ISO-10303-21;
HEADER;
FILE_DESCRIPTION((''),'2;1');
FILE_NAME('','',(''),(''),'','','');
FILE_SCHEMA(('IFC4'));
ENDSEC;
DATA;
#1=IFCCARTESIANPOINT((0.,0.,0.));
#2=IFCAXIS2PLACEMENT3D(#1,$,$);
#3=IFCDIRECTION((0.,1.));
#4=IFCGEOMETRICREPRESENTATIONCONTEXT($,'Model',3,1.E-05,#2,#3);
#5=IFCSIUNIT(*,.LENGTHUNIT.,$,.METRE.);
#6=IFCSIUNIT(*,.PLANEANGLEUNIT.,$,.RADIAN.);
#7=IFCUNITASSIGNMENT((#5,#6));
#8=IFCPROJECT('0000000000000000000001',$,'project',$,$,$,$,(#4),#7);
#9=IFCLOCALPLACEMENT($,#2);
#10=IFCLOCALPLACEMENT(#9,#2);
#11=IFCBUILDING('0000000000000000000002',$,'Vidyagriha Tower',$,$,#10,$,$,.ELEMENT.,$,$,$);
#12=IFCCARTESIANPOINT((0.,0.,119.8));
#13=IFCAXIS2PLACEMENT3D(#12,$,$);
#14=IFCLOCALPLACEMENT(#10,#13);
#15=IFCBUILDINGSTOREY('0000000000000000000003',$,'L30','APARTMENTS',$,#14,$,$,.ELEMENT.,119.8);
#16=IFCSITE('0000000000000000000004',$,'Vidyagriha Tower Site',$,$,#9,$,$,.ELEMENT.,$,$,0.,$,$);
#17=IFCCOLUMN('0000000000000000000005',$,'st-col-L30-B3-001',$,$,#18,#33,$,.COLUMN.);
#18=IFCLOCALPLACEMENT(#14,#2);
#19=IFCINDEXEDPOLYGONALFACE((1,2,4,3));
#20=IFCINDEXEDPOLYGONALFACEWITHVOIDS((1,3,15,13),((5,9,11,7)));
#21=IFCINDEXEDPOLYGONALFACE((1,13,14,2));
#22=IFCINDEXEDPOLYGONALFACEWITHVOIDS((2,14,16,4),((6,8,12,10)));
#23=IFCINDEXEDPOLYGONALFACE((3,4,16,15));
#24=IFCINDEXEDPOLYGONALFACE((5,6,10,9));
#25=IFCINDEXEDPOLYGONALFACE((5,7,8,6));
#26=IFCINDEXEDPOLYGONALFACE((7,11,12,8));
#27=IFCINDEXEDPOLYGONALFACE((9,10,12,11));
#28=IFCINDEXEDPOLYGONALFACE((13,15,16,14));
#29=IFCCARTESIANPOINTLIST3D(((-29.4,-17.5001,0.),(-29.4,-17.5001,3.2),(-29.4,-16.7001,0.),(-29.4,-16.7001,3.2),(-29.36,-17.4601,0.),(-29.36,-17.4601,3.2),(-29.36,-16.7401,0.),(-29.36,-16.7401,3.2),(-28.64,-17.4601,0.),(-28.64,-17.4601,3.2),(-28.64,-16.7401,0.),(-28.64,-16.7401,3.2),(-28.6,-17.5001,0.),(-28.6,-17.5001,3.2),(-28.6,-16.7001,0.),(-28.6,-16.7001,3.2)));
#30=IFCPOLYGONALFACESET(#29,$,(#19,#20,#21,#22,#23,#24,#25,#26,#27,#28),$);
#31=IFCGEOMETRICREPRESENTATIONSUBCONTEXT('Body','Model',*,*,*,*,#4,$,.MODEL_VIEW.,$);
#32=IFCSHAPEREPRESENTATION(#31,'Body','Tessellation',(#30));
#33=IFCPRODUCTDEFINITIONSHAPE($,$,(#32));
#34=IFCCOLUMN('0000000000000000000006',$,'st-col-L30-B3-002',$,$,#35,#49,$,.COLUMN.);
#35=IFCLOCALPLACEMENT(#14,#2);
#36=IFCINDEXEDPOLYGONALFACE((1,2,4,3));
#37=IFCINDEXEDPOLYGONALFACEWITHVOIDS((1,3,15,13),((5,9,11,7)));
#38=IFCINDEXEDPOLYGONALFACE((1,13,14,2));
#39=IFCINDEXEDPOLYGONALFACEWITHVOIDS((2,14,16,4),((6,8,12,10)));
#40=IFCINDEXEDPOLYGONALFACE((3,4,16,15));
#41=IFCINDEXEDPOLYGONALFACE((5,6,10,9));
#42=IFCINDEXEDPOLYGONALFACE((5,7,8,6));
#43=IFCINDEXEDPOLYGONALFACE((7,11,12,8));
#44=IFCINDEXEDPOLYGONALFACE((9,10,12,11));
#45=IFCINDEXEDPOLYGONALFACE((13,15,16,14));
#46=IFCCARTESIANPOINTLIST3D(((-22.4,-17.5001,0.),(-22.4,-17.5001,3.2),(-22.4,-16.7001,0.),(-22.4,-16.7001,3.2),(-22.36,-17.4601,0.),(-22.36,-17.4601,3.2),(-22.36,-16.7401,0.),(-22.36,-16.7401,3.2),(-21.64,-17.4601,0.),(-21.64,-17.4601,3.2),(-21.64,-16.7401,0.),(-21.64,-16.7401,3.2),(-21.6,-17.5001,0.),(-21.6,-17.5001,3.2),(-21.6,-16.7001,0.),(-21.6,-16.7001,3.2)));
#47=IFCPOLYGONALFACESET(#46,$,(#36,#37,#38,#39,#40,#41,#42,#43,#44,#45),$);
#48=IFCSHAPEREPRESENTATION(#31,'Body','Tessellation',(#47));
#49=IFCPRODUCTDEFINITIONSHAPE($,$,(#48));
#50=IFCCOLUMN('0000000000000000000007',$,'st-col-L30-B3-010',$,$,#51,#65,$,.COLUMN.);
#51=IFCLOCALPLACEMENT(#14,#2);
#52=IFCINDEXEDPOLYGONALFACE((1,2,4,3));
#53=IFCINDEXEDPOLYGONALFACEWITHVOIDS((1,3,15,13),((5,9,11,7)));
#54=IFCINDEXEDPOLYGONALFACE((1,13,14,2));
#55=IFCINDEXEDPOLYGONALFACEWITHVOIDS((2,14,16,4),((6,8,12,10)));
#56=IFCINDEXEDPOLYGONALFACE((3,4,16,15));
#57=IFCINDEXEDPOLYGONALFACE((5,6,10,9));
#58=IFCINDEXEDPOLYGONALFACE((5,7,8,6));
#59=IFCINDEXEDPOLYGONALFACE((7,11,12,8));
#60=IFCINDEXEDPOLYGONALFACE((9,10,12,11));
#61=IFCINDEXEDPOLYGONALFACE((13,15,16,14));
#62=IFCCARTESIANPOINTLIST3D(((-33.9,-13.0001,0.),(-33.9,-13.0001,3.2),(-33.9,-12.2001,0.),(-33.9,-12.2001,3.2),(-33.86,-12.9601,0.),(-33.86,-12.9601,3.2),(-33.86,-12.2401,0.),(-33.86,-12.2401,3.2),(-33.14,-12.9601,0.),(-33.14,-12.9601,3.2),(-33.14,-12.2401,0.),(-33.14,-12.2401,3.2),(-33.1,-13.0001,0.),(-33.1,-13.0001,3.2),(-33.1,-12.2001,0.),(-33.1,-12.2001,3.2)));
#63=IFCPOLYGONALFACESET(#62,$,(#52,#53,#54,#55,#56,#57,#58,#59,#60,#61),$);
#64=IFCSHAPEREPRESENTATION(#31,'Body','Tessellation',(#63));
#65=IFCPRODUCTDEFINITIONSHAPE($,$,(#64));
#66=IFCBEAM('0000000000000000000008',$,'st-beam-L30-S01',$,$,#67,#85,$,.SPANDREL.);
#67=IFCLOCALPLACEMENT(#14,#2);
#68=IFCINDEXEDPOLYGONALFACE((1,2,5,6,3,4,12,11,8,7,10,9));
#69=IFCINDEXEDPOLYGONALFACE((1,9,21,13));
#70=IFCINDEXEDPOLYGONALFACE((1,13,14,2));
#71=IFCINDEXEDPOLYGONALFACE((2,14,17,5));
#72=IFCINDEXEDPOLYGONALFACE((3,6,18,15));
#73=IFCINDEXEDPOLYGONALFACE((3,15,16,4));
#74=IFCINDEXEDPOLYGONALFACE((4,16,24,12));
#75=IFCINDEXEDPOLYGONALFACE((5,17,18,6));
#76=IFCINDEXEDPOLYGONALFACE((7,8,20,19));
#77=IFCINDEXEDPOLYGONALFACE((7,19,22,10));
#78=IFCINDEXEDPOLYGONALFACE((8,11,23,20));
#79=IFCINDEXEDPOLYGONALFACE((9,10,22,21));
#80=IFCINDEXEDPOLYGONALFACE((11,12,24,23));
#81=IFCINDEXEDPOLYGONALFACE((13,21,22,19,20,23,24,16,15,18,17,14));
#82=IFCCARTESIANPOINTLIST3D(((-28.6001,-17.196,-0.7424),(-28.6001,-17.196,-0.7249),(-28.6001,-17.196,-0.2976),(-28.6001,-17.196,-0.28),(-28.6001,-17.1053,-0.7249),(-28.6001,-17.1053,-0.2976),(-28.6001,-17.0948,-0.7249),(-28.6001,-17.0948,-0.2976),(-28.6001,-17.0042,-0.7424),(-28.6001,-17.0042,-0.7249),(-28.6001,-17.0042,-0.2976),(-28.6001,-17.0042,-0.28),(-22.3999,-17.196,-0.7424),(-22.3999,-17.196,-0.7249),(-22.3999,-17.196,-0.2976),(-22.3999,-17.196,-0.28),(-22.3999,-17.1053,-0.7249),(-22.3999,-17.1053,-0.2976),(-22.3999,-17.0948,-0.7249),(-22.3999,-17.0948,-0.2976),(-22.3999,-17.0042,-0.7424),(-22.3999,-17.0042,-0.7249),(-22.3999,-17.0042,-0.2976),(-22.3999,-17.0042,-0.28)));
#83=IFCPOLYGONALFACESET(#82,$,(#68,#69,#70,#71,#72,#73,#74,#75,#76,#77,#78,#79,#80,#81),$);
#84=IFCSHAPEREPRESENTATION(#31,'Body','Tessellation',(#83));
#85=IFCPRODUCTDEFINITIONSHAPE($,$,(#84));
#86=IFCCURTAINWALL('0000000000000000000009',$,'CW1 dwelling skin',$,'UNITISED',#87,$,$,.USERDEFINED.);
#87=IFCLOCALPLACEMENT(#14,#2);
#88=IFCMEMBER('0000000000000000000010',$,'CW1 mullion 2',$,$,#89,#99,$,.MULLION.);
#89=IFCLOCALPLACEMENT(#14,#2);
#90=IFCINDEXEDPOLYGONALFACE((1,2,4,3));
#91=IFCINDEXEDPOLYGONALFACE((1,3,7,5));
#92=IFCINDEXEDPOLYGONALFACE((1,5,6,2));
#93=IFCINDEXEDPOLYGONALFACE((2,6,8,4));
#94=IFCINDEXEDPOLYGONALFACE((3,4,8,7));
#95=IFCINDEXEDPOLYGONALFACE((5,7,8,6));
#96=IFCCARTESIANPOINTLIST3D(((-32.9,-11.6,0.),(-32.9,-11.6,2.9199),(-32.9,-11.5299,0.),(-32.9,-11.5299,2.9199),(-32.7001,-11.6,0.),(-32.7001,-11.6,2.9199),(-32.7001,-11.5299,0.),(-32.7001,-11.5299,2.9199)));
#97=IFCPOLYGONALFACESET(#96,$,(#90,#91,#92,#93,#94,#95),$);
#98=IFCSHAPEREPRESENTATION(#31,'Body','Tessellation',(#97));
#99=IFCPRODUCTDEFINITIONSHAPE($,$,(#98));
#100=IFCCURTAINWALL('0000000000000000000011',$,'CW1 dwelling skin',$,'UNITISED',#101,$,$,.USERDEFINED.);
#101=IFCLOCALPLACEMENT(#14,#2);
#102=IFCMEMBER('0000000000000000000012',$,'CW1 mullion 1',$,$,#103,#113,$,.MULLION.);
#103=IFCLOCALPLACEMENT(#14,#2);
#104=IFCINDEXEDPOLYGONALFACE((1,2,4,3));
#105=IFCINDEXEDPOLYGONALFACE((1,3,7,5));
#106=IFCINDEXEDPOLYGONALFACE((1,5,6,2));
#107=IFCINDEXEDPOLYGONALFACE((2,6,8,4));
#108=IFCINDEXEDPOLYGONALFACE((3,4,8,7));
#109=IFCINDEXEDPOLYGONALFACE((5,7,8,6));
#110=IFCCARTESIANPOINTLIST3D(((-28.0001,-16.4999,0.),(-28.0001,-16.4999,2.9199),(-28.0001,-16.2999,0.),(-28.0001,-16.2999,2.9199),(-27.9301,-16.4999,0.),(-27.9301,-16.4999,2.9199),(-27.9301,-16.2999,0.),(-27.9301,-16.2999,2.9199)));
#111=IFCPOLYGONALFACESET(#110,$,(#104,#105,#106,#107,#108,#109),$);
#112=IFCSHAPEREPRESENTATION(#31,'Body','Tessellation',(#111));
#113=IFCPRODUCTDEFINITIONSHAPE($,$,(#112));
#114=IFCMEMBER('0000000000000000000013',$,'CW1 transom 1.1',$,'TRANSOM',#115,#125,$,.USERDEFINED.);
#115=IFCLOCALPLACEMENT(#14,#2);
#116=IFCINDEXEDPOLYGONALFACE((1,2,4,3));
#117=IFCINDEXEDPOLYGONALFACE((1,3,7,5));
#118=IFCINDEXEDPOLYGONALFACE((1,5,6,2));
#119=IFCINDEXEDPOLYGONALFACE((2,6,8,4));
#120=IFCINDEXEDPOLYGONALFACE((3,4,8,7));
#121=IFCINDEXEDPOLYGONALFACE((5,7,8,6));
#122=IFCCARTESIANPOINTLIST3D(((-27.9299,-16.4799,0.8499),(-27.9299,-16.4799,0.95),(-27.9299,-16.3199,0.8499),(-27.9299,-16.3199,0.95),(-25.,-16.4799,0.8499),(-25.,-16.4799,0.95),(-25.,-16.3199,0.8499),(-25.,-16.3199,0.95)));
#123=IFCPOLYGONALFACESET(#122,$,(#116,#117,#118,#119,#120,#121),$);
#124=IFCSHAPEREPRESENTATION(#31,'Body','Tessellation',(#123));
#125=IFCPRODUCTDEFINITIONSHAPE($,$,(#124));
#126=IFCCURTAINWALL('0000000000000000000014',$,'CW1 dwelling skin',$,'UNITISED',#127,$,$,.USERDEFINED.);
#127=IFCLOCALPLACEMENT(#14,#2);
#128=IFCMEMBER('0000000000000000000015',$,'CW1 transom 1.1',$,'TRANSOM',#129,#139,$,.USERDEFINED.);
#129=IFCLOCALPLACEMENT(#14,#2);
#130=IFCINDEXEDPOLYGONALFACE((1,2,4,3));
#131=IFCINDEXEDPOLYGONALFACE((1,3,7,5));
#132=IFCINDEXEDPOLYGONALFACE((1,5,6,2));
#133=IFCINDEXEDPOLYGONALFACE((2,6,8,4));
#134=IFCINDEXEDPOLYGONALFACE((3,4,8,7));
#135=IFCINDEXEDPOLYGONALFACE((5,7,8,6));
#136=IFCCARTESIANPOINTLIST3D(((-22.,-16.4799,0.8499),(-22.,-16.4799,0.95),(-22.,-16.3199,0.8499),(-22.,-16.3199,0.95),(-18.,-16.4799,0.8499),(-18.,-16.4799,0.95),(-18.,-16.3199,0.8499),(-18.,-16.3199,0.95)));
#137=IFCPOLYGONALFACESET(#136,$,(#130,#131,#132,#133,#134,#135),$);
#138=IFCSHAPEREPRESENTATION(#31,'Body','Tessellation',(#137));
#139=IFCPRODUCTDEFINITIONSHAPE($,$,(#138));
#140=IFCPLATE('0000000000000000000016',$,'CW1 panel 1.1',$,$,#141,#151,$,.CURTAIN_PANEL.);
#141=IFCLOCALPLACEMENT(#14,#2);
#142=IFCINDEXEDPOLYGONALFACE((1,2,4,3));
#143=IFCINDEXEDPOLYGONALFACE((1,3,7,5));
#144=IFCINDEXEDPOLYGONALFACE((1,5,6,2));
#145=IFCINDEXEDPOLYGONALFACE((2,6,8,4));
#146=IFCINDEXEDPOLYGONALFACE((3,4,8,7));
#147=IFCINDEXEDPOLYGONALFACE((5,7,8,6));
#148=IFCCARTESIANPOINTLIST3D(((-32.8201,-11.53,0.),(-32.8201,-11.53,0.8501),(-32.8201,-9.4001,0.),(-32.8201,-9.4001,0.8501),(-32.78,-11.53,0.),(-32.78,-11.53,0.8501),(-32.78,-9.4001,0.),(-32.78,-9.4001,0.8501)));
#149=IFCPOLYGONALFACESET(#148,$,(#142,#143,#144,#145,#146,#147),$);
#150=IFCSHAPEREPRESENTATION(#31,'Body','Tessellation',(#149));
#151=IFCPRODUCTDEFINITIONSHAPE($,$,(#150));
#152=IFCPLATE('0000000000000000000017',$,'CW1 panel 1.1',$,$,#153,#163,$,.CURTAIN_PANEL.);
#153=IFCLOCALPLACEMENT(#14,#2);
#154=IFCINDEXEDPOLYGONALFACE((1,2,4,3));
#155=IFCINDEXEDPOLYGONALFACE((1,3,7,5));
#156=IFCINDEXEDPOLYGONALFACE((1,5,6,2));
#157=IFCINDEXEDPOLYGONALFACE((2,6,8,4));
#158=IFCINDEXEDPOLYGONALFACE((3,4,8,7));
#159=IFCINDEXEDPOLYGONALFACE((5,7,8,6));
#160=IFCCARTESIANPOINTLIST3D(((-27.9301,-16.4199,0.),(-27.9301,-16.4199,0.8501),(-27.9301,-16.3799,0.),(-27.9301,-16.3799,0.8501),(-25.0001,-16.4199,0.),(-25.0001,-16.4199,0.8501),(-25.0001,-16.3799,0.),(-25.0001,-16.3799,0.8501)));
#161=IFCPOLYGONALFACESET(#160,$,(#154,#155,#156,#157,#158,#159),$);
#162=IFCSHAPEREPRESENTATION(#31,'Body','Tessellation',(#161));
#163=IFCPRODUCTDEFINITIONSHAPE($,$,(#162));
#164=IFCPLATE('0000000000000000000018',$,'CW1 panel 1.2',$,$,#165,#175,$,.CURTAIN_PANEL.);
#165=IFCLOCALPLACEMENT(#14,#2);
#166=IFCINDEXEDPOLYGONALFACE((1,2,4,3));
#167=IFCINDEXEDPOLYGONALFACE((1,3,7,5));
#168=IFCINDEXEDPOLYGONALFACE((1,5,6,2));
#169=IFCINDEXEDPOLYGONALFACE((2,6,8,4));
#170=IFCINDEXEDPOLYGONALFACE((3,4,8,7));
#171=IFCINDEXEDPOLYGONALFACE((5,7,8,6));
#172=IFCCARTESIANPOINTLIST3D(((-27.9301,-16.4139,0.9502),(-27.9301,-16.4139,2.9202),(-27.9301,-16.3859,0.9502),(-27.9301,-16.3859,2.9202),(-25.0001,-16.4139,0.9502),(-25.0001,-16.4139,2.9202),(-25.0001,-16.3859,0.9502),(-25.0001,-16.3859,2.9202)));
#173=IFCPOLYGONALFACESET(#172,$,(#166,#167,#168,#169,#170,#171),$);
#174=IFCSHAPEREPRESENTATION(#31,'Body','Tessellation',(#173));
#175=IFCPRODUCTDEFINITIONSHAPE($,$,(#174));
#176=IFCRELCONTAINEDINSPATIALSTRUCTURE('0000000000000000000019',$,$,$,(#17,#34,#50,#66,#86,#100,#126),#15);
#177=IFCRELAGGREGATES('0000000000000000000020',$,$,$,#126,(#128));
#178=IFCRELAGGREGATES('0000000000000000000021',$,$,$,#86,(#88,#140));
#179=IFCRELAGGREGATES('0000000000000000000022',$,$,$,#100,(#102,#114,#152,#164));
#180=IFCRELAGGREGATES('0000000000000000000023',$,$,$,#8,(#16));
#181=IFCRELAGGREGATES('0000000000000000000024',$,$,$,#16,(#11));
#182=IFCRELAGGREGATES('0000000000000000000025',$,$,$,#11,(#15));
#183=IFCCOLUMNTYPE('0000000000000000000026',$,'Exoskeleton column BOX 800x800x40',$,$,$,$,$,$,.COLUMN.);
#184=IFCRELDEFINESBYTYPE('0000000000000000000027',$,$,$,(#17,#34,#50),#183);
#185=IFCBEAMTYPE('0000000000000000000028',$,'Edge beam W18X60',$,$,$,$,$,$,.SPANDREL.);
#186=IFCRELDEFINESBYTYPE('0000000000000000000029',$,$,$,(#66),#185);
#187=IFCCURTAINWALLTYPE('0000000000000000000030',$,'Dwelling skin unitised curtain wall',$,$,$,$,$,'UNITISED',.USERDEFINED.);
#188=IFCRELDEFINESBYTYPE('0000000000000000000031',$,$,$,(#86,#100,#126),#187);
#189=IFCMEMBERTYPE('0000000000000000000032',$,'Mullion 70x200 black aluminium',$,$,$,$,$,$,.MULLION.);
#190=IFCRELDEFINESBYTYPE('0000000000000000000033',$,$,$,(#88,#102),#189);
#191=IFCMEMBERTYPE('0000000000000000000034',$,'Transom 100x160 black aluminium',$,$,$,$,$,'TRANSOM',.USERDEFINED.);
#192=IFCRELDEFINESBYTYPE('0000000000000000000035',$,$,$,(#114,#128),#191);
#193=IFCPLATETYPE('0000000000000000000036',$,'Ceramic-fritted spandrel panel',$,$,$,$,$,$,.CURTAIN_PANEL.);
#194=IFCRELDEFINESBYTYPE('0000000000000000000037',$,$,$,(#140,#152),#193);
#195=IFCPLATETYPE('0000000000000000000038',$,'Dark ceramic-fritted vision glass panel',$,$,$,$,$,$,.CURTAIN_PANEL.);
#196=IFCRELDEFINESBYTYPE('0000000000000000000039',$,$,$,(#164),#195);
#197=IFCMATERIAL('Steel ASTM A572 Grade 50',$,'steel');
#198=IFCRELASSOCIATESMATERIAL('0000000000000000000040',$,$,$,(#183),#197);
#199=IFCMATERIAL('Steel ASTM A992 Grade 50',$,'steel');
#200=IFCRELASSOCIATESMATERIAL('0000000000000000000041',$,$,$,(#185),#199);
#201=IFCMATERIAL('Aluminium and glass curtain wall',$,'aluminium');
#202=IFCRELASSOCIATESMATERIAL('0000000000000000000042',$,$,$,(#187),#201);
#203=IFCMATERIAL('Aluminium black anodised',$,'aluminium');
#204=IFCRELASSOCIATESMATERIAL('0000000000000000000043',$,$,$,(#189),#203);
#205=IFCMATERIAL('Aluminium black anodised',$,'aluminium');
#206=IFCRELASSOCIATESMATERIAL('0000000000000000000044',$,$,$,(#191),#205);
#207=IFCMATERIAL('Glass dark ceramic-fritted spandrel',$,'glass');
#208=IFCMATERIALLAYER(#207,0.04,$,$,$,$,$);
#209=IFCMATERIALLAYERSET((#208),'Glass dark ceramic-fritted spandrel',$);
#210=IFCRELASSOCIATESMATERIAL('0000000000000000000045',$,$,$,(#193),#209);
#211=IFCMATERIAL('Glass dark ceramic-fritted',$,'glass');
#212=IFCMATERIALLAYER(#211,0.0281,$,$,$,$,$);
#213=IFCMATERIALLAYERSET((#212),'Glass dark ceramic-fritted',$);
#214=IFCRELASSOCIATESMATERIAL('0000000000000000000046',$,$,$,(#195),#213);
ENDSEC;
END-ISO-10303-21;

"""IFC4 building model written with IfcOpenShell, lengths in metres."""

from ifc_helpers import new_model, si_unit, direction, frame, origin, origin_2d, place, context, subcontext, project, spatial, rectangle, hollow_rectangle, i_section, extrude, material, layer, layer_set, material_profile, profile_set, type_object, element, aggregate, save


model = new_model("IFC4")

# Units and contexts
model_context = context("Model", 3, precision=1e-05, world=origin(), true_north=direction((0.0, 1.0)))
body_context = subcontext(model_context, "Body", "Model", "MODEL_VIEW")
ifc_project = project(units=[si_unit("LENGTHUNIT", "METRE"), si_unit("PLANEANGLEUNIT", "RADIAN")], contexts=[model_context])

# Site, building, storey
site_placement = place(None, origin())
site = spatial("IfcSite", under=ifc_project, at=site_placement, Name="Vidyagriha Tower Site", CompositionType="ELEMENT", RefElevation=0.0)
building_placement = place(site_placement, origin())
building = spatial("IfcBuilding", under=site, at=building_placement, Name="Vidyagriha Tower", CompositionType="ELEMENT")
storey_placement = place(building_placement, frame((0.0, 0.0, 119.8)))
storey = spatial("IfcBuildingStorey", under=building, at=storey_placement, Name="L30", Description="APARTMENTS", CompositionType="ELEMENT", Elevation=119.8)

# Columns
ifc_material_1 = material(Name="Steel ASTM A572 Grade 50", Category="steel")
ifc_material_profile_1 = material_profile(ifc_material_1, hollow_rectangle(XDim=0.8, YDim=0.8, WallThickness=0.04, at=origin_2d()), Name="BOX 800x800x40")
ifc_profile_set_1 = profile_set([ifc_material_profile_1], Name="Steel ASTM A572 Grade 50")
column_type = type_object("IfcColumnType", Name="Exoskeleton column BOX 800x800x40", PredefinedType="COLUMN", material=ifc_profile_set_1)
for number, where, name in (
    (1, (-29.0, -17.1001, 0.0), "st-col-L30-B3-001"),
    (2, (-22.0, -17.1001, 0.0), "st-col-L30-B3-002"),
    (3, (-33.5, -12.6001, 0.0), "st-col-L30-B3-010"),
):
    element("IfcColumn", number, at=place(storey_placement, frame(where)), inside=storey, type_object=column_type, Name=name, PredefinedType="COLUMN", context=body_context, shape_type="SweptSolid", body=[
        extrude(hollow_rectangle(XDim=0.8, YDim=0.8, WallThickness=0.04, at=origin_2d()), origin(), (0.0, 0.0, 1.0), 3.2),
    ])

# Beam
ifc_material_2 = material(Name="Steel ASTM A992 Grade 50", Category="steel")
ifc_material_profile_2 = material_profile(ifc_material_2, i_section(OverallWidth=0.1919, OverallDepth=0.4624, WebThickness=0.0105, FlangeThickness=0.0176, at=origin_2d()), Name="W18X60")
ifc_profile_set_2 = profile_set([ifc_material_profile_2], Name="Steel ASTM A992 Grade 50")
beam_type = type_object("IfcBeamType", Name="Edge beam W18X60", PredefinedType="SPANDREL", material=ifc_profile_set_2)
beam_placement = place(storey_placement, frame((-28.6001, -17.1001, -0.5112), z_axis=(1.0, 0.0, 0.0), x_axis=(0.0, 1.0, 0.0)))
element("IfcBeam", 4, at=beam_placement, inside=storey, type_object=beam_type, Name="st-beam-L30-S01", PredefinedType="SPANDREL", context=body_context, shape_type="SweptSolid", body=[
    extrude(i_section(OverallWidth=0.1919, OverallDepth=0.4624, WebThickness=0.0105, FlangeThickness=0.0176, at=origin_2d()), origin(), (0.0, 0.0, 1.0), 6.2002),
])

# Curtain wall, member
ifc_material_3 = material(Name="Aluminium and glass curtain wall", Category="aluminium")
curtain_wall_type = type_object("IfcCurtainWallType", Name="Dwelling skin unitised curtain wall", ElementType="UNITISED", PredefinedType="USERDEFINED", material=ifc_material_3)
curtain_wall_1_placement = place(storey_placement, origin())
curtain_wall_1 = element("IfcCurtainWall", 5, at=curtain_wall_1_placement, inside=storey, type_object=curtain_wall_type, Name="CW1 dwelling skin", ObjectType="UNITISED", PredefinedType="USERDEFINED")
ifc_material_4 = material(Name="Aluminium black anodised", Category="aluminium")
ifc_material_profile_3 = material_profile(ifc_material_4, rectangle(XDim=0.2, YDim=0.0701, at=origin_2d()), Name="Mullion 70x200 black aluminium")
ifc_profile_set_3 = profile_set([ifc_material_profile_3], Name="Aluminium black anodised")
member_type_1 = type_object("IfcMemberType", Name="Mullion 70x200 black aluminium", PredefinedType="MULLION", material=ifc_profile_set_3)
member_1_placement = place(storey_placement, frame((-32.8, -11.5649, 0.0)))
member_1 = element("IfcMember", 6, at=member_1_placement, type_object=member_type_1, Name="CW1 mullion 2", PredefinedType="MULLION", context=body_context, shape_type="SweptSolid", body=[
    extrude(rectangle(XDim=0.2, YDim=0.0701, at=origin_2d()), origin(), (0.0, 0.0, 1.0), 2.9199),
])

# Curtain wall, members
curtain_wall_2_placement = place(storey_placement, origin())
curtain_wall_2 = element("IfcCurtainWall", 7, at=curtain_wall_2_placement, inside=storey, type_object=curtain_wall_type, Name="CW1 dwelling skin", ObjectType="UNITISED", PredefinedType="USERDEFINED")
member_2_placement = place(storey_placement, frame((-27.9651, -16.3999, 0.0), z_axis=(0.0, 0.0, 1.0), x_axis=(0.0, 1.0, 0.0)))
member_2 = element("IfcMember", 8, at=member_2_placement, type_object=member_type_1, Name="CW1 mullion 1", PredefinedType="MULLION", context=body_context, shape_type="SweptSolid", body=[
    extrude(rectangle(XDim=0.2, YDim=0.0701, at=origin_2d()), origin(), (0.0, 0.0, 1.0), 2.9199),
])
ifc_material_5 = material(Name="Aluminium black anodised", Category="aluminium")
ifc_material_profile_4 = material_profile(ifc_material_5, rectangle(XDim=0.1599, YDim=0.1001, at=origin_2d()), Name="Transom 100x160 black aluminium")
ifc_profile_set_4 = profile_set([ifc_material_profile_4], Name="Aluminium black anodised")
member_type_2 = type_object("IfcMemberType", Name="Transom 100x160 black aluminium", ElementType="TRANSOM", PredefinedType="USERDEFINED", material=ifc_profile_set_4)
member_3_placement = place(storey_placement, frame((-27.9299, -16.3999, 0.8999), z_axis=(1.0, 0.0, 0.0), x_axis=(0.0, 1.0, 0.0)))
member_3 = element("IfcMember", 9, at=member_3_placement, type_object=member_type_2, Name="CW1 transom 1.1", ObjectType="TRANSOM", PredefinedType="USERDEFINED", context=body_context, shape_type="SweptSolid", body=[
    extrude(rectangle(XDim=0.1599, YDim=0.1001, at=origin_2d()), origin(), (0.0, 0.0, 1.0), 2.9299),
])

# Curtain wall, member
curtain_wall_3_placement = place(storey_placement, origin())
curtain_wall_3 = element("IfcCurtainWall", 10, at=curtain_wall_3_placement, inside=storey, type_object=curtain_wall_type, Name="CW1 dwelling skin", ObjectType="UNITISED", PredefinedType="USERDEFINED")
member_4_placement = place(storey_placement, frame((-22.0, -16.3999, 0.8999), z_axis=(1.0, 0.0, 0.0), x_axis=(0.0, 1.0, 0.0)))
member_4 = element("IfcMember", 11, at=member_4_placement, type_object=member_type_2, Name="CW1 transom 1.1", ObjectType="TRANSOM", PredefinedType="USERDEFINED", context=body_context, shape_type="SweptSolid", body=[
    extrude(rectangle(XDim=0.1599, YDim=0.1001, at=origin_2d()), origin(), (0.0, 0.0, 1.0), 4.0),
])
aggregate(curtain_wall_3, [member_4])

# Plates
ifc_material_6 = material(Name="Glass dark ceramic-fritted spandrel", Category="glass")
ifc_layer_1 = layer(ifc_material_6, 0.04)
ifc_layer_set_1 = layer_set([ifc_layer_1], Name="Glass dark ceramic-fritted spandrel")
plate_type_1 = type_object("IfcPlateType", Name="Ceramic-fritted spandrel panel", PredefinedType="CURTAIN_PANEL", material=ifc_layer_set_1)
plate_1_placement = place(storey_placement, frame((-32.8, -10.4651, 0.0), z_axis=(0.0, 0.0, 1.0), x_axis=(0.0, -1.0, 0.0)))
plate_1 = element("IfcPlate", 12, at=plate_1_placement, type_object=plate_type_1, Name="CW1 panel 1.1", PredefinedType="CURTAIN_PANEL", context=body_context, shape_type="SweptSolid", body=[
    extrude(rectangle(XDim=2.1299, YDim=0.04, at=origin_2d()), origin(), (0.0, 0.0, 1.0), 0.8501),
])
aggregate(curtain_wall_1, [member_1, plate_1])
plate_2_placement = place(storey_placement, frame((-26.4651, -16.3999, 0.0)))
plate_2 = element("IfcPlate", 13, at=plate_2_placement, type_object=plate_type_1, Name="CW1 panel 1.1", PredefinedType="CURTAIN_PANEL", context=body_context, shape_type="SweptSolid", body=[
    extrude(rectangle(XDim=2.9299, YDim=0.04, at=origin_2d()), origin(), (0.0, 0.0, 1.0), 0.8501),
])
ifc_material_7 = material(Name="Glass dark ceramic-fritted", Category="glass")
ifc_layer_2 = layer(ifc_material_7, 0.0281)
ifc_layer_set_2 = layer_set([ifc_layer_2], Name="Glass dark ceramic-fritted")
plate_type_2 = type_object("IfcPlateType", Name="Dark ceramic-fritted vision glass panel", PredefinedType="CURTAIN_PANEL", material=ifc_layer_set_2)
plate_3_placement = place(storey_placement, frame((-26.4651, -16.3999, 0.9502)))
plate_3 = element("IfcPlate", 14, at=plate_3_placement, type_object=plate_type_2, Name="CW1 panel 1.2", PredefinedType="CURTAIN_PANEL", context=body_context, shape_type="SweptSolid", body=[
    extrude(rectangle(XDim=2.9299, YDim=0.0281, at=origin_2d()), origin(), (0.0, 0.0, 1.0), 1.97),
])
aggregate(curtain_wall_2, [member_2, member_3, plate_2, plate_3])

save(model, "model.ifc")
